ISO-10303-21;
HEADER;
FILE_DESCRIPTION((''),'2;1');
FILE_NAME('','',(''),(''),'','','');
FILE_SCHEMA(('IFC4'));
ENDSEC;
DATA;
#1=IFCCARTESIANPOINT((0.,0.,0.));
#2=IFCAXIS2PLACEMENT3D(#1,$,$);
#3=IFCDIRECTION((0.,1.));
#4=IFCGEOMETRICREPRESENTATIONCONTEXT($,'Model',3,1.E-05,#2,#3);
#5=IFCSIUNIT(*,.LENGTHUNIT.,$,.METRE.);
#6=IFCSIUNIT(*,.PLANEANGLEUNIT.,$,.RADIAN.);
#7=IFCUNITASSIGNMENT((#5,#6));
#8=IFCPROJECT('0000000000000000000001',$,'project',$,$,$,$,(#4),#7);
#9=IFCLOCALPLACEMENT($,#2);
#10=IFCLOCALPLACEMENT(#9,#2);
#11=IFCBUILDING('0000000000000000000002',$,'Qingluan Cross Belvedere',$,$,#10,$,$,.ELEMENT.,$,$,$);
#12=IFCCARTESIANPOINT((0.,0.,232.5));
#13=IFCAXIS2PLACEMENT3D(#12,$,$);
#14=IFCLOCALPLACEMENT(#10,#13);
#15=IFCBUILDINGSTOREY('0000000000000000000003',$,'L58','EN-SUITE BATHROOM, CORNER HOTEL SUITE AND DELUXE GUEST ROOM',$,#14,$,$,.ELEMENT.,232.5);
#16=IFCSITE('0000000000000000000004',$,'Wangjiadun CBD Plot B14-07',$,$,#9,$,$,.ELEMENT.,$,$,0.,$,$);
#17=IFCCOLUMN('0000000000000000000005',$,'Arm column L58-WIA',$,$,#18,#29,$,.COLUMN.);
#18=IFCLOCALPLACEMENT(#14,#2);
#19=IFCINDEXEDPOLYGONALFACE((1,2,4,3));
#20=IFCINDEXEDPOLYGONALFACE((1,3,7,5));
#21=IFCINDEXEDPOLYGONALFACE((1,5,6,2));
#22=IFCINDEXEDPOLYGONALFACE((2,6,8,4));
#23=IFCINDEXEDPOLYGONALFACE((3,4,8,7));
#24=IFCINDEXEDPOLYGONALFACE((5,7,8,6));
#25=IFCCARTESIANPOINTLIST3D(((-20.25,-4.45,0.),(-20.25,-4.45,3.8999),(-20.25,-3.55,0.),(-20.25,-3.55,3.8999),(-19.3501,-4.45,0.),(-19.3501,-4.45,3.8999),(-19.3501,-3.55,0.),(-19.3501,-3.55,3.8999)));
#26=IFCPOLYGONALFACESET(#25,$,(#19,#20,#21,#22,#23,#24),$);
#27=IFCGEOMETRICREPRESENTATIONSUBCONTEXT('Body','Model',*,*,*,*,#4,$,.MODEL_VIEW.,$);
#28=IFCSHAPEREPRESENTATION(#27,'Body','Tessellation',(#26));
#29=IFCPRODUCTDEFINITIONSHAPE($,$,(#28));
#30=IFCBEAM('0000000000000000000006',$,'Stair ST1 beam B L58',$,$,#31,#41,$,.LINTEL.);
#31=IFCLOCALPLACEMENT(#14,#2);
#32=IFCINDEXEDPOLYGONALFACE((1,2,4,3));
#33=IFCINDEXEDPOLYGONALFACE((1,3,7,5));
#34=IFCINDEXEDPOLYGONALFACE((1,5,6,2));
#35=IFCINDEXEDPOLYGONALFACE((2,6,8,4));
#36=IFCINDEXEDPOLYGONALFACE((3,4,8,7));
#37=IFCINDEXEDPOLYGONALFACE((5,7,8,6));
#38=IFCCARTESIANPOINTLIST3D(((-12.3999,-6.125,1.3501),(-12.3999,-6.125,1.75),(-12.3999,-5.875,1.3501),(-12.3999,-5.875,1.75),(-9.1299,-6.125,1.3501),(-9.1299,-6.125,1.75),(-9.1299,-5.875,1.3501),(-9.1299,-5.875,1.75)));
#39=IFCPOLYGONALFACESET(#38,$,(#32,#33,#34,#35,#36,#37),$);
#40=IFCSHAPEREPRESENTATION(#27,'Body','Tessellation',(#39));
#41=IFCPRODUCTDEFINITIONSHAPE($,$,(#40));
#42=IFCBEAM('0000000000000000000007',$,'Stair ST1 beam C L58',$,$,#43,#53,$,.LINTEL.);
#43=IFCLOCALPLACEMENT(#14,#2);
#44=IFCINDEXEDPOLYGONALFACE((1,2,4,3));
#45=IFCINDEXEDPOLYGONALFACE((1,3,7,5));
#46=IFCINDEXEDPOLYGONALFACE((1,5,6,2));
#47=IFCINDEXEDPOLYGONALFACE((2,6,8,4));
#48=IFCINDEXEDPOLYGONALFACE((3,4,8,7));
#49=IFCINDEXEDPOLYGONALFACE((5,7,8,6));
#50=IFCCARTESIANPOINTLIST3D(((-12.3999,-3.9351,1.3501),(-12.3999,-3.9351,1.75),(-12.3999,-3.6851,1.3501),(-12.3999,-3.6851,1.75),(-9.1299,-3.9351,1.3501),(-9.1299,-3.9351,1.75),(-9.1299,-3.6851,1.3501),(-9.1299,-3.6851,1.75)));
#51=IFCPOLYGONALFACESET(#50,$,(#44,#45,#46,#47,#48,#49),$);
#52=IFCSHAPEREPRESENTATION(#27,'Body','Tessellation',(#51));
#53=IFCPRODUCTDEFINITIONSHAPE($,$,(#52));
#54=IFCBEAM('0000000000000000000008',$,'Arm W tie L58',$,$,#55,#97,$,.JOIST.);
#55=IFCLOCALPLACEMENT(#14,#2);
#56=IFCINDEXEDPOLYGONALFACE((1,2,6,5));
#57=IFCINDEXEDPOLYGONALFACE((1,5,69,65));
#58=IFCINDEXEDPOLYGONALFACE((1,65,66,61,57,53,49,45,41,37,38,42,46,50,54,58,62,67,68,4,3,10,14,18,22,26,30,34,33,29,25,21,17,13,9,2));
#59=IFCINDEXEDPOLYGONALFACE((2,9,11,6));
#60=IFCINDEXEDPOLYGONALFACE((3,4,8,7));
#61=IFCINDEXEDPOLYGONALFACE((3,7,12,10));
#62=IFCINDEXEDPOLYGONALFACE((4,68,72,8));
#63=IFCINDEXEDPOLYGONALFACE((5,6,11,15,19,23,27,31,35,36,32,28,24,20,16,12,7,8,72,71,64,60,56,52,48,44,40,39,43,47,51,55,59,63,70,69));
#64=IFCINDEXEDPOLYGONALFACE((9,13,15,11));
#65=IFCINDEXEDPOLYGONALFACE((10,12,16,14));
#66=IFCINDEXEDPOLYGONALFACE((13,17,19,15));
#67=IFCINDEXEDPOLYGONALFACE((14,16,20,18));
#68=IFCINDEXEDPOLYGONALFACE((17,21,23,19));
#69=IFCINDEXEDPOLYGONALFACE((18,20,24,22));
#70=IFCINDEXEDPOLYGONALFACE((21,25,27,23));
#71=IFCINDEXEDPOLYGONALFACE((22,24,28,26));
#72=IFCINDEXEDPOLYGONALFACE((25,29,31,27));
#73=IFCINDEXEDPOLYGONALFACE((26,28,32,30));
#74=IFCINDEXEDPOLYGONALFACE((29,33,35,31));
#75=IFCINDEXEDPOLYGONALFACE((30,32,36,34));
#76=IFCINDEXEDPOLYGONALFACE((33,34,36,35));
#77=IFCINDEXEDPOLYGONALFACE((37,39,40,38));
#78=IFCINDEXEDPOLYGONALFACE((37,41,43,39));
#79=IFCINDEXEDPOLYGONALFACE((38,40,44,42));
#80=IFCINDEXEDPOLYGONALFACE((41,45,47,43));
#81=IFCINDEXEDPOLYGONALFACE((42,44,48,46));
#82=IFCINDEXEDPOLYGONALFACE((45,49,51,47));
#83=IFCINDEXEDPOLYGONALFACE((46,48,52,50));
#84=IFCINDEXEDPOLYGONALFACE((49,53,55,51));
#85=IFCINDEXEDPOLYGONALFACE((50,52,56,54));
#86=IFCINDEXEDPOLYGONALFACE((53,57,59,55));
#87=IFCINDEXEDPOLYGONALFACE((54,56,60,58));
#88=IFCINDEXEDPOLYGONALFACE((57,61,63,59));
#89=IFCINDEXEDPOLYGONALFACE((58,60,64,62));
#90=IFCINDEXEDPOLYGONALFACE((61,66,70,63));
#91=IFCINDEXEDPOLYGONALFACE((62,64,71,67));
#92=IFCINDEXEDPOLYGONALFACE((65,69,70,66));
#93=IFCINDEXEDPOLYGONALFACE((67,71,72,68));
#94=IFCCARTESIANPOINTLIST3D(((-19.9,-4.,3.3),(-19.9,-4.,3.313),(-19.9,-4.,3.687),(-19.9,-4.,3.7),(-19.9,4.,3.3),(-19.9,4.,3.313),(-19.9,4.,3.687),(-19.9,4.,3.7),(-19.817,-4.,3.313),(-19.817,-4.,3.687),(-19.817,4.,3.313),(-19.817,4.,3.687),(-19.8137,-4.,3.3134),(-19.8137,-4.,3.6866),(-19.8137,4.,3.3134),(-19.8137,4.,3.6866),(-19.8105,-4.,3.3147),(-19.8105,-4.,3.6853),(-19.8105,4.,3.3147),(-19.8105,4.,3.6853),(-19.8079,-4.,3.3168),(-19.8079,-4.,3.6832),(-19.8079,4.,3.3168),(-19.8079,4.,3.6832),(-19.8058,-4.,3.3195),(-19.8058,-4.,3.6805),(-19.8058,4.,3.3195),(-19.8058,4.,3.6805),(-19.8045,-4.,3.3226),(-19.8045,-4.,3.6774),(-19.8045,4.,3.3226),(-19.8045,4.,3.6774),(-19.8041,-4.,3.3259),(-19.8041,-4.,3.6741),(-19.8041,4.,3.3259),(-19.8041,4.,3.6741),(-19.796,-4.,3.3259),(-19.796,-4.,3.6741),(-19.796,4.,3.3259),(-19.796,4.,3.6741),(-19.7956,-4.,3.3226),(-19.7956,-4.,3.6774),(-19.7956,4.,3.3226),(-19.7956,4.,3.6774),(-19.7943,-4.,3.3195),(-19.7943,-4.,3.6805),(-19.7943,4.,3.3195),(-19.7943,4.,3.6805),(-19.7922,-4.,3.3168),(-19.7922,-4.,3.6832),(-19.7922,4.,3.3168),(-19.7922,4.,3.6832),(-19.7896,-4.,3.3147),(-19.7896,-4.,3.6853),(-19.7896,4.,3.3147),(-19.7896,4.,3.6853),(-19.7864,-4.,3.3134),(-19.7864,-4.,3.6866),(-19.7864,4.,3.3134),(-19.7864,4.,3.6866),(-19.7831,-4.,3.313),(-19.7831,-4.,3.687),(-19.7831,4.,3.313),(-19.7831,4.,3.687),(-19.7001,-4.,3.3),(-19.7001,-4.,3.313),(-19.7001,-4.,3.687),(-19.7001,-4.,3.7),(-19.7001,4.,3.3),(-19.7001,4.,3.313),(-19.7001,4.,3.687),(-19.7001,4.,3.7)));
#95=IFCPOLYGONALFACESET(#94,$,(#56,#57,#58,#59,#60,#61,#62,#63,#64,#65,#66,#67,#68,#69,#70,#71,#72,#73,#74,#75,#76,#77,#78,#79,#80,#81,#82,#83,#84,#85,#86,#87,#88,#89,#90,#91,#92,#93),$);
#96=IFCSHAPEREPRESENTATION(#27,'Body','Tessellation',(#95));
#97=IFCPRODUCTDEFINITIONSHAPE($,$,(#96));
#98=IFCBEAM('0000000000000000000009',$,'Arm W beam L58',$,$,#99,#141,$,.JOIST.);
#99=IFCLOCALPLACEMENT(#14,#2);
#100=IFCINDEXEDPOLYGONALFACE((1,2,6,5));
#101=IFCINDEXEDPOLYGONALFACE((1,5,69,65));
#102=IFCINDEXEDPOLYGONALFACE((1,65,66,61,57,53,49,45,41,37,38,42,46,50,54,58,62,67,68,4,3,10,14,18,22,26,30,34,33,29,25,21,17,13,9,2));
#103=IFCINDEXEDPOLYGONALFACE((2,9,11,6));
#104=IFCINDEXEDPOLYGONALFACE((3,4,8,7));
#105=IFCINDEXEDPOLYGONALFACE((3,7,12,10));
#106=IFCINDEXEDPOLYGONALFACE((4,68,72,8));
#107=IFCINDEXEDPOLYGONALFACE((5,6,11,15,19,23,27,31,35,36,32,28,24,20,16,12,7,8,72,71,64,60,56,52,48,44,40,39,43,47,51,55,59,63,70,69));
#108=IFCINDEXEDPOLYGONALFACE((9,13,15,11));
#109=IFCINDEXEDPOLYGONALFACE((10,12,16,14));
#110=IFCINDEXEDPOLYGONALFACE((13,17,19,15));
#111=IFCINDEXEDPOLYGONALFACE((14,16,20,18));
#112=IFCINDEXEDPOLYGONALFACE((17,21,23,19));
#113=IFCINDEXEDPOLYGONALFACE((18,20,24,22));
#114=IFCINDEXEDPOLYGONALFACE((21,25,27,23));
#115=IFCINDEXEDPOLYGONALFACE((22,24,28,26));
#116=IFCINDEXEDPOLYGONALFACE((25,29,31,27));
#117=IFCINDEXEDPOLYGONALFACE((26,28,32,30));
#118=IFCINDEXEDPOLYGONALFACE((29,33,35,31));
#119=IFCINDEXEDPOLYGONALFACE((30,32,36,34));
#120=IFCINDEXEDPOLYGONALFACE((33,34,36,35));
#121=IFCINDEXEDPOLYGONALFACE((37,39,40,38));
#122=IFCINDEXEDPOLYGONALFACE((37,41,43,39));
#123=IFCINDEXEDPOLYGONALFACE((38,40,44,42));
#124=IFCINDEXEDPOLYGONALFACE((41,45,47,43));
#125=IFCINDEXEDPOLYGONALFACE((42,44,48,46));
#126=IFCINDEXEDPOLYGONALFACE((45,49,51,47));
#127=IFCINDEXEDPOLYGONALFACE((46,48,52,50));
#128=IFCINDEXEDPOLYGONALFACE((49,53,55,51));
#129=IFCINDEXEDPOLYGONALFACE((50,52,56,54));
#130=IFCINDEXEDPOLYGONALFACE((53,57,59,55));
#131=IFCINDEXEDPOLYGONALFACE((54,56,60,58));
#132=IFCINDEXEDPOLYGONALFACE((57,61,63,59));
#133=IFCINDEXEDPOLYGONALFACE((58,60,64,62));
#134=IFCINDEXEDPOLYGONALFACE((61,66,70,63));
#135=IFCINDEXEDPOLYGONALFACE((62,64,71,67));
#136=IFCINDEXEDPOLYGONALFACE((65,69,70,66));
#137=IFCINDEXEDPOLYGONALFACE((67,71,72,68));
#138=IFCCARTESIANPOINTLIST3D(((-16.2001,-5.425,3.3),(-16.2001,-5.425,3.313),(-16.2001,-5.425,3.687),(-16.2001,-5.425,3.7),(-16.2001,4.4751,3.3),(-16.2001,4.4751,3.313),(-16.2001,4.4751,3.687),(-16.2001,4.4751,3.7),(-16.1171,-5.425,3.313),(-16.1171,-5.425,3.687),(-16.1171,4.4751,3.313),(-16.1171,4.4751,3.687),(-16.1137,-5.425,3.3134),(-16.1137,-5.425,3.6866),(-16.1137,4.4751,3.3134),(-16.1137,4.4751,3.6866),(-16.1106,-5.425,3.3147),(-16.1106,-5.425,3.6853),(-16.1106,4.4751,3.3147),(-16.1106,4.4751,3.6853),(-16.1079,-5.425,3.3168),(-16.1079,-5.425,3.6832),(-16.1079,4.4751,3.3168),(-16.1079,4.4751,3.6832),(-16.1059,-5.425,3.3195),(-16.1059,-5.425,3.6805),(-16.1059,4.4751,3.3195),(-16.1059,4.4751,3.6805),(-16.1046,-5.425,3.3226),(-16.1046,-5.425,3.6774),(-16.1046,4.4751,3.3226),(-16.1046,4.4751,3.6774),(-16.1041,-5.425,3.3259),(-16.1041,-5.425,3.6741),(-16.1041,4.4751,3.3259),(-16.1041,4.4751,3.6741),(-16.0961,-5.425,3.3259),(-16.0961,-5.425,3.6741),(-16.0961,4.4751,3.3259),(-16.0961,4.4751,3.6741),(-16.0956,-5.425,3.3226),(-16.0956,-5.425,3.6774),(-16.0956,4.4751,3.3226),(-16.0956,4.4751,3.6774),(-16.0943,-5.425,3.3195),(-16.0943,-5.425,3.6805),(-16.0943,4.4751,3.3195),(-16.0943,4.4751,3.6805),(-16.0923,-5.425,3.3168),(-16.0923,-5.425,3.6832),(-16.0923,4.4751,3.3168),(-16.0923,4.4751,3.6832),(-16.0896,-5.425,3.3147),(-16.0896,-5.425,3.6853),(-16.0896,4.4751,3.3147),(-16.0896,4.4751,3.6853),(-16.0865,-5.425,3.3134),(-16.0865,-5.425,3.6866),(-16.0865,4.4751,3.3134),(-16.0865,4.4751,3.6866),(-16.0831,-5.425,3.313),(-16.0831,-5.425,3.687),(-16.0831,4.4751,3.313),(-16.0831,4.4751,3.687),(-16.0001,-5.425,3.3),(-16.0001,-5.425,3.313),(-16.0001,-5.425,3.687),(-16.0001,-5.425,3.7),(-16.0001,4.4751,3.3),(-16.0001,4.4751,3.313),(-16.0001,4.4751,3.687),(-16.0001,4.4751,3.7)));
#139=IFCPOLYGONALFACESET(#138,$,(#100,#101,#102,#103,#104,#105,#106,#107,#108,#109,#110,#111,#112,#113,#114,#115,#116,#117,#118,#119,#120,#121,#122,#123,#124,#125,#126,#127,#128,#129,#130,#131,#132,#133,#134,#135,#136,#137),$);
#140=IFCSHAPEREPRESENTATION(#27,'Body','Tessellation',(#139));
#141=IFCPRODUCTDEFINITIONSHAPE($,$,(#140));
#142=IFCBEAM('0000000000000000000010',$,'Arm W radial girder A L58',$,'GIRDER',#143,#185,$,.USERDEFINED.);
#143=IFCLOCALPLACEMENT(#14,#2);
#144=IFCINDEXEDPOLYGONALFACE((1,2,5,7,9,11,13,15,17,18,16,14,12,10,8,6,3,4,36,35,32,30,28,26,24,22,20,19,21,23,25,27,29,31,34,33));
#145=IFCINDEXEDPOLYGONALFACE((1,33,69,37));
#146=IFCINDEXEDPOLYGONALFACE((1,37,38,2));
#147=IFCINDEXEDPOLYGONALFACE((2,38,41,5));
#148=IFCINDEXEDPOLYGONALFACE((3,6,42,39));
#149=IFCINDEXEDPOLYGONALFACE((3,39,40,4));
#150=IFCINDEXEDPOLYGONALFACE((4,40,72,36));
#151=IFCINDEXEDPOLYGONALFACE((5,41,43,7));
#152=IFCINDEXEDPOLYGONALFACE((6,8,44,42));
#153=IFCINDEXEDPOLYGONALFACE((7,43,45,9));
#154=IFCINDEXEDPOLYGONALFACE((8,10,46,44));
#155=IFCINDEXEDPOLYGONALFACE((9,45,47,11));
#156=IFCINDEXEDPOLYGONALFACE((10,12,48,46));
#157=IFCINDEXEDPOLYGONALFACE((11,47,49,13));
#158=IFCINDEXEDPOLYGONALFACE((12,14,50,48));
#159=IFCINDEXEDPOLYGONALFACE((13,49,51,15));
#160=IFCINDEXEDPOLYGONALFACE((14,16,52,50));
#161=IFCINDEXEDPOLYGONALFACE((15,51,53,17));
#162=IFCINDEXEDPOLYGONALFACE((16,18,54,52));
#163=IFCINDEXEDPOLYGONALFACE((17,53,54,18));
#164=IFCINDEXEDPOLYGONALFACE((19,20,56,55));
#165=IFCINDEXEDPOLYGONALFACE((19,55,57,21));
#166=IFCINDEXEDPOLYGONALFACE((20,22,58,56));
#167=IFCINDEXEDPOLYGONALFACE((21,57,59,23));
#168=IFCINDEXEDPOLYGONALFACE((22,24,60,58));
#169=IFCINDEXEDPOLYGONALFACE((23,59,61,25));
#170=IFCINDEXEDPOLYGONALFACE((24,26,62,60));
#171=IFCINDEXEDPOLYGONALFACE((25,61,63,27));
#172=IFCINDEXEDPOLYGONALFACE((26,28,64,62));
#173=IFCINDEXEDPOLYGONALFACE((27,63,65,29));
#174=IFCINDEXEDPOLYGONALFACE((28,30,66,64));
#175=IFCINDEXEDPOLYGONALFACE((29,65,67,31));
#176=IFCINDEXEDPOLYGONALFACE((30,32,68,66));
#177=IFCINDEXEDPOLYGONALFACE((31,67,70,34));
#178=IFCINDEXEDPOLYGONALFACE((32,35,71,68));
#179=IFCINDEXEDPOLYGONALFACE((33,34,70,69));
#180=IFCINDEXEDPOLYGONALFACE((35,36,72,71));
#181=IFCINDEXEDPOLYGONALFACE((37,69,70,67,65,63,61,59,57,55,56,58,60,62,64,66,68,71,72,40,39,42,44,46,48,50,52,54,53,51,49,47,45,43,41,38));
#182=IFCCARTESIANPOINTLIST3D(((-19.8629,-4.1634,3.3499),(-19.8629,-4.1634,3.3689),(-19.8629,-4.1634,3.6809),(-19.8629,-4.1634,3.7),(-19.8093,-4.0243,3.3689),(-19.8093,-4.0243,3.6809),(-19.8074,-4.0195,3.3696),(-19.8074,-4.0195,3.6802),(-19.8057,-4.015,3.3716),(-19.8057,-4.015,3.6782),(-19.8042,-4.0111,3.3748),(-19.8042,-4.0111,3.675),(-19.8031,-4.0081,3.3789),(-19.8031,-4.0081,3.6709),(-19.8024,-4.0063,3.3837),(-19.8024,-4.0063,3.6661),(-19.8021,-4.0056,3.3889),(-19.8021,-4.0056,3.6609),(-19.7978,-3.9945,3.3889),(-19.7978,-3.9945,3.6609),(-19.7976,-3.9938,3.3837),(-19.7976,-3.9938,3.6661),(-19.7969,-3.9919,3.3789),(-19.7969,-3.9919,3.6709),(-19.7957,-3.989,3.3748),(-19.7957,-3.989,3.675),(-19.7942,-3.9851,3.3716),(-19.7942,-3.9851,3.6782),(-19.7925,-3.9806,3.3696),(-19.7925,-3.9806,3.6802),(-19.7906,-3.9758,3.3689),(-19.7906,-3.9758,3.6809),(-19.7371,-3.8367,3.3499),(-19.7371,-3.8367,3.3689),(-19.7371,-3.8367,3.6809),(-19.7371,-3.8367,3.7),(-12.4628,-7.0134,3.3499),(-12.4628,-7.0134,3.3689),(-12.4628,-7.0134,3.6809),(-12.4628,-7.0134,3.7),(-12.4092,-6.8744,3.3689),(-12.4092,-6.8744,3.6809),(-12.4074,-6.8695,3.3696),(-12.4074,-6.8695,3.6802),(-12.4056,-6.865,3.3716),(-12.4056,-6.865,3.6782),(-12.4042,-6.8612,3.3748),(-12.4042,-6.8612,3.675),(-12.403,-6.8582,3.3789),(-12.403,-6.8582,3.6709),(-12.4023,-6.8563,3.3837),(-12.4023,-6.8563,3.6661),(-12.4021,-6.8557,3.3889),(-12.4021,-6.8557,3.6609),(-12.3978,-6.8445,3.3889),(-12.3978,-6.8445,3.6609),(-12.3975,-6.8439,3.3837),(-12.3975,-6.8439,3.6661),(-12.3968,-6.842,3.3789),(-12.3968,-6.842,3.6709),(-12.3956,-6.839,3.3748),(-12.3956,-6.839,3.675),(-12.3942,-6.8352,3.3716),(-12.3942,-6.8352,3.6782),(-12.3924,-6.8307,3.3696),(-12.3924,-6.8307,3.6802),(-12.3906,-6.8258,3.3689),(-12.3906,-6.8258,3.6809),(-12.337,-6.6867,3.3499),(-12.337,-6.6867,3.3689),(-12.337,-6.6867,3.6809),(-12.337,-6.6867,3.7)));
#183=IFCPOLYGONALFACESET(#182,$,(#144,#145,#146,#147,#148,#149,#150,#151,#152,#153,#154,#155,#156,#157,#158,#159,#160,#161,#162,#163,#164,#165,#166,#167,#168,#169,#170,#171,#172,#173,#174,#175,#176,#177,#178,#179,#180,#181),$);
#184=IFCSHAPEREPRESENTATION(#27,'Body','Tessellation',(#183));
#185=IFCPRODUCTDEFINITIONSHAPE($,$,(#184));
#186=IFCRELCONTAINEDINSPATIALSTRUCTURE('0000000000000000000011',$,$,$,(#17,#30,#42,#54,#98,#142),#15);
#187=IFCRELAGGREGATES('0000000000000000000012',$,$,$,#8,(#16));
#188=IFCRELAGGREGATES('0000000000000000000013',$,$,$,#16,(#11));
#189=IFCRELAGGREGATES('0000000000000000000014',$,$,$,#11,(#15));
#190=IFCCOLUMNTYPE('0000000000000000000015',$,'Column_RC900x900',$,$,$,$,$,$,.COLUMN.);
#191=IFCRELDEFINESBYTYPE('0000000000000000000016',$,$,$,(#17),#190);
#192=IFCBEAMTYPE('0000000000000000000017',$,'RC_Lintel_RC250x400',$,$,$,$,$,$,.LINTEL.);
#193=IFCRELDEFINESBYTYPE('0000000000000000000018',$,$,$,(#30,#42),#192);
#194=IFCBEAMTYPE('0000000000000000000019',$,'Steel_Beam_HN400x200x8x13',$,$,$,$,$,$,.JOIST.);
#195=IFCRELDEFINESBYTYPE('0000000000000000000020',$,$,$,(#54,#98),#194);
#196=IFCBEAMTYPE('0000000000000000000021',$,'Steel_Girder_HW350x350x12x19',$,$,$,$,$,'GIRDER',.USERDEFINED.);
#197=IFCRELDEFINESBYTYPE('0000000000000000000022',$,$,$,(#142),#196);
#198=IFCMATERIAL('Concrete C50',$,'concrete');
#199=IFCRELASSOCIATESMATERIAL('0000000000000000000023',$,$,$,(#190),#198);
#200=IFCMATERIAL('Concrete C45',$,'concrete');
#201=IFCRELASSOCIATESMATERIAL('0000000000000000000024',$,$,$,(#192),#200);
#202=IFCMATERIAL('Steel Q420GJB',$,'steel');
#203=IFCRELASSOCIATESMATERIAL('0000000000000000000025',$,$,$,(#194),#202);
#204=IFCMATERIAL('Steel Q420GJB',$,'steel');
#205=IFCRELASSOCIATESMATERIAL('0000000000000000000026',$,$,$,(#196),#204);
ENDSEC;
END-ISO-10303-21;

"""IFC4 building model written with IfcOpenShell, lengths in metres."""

from ifc_helpers import new_model, si_unit, direction, frame, origin, origin_2d, place, context, subcontext, project, spatial, rectangle, i_section, extrude, material, material_profile, profile_set, type_object, element, save


model = new_model("IFC4")

# Units and contexts
model_context = context("Model", 3, precision=1e-05, world=origin(), true_north=direction((0.0, 1.0)))
body_context = subcontext(model_context, "Body", "Model", "MODEL_VIEW")
ifc_project = project(units=[si_unit("LENGTHUNIT", "METRE"), si_unit("PLANEANGLEUNIT", "RADIAN")], contexts=[model_context])

# Site, building, storey
site_placement = place(None, origin())
site = spatial("IfcSite", under=ifc_project, at=site_placement, Name="Wangjiadun CBD Plot B14-07", CompositionType="ELEMENT", RefElevation=0.0)
building_placement = place(site_placement, origin())
building = spatial("IfcBuilding", under=site, at=building_placement, Name="Qingluan Cross Belvedere", CompositionType="ELEMENT")
storey_placement = place(building_placement, frame((0.0, 0.0, 232.5)))
storey = spatial("IfcBuildingStorey", under=building, at=storey_placement, Name="L58", Description="EN-SUITE BATHROOM, CORNER HOTEL SUITE AND DELUXE GUEST ROOM", CompositionType="ELEMENT", Elevation=232.5)

# Column
ifc_material_1 = material(Name="Concrete C50", Category="concrete")
ifc_material_profile_1 = material_profile(ifc_material_1, rectangle(XDim=0.8999, YDim=0.8999, at=origin_2d()), Name="RC900x900")
ifc_profile_set_1 = profile_set([ifc_material_profile_1], Name="Concrete C50")
column_type = type_object("IfcColumnType", Name="Column_RC900x900", PredefinedType="COLUMN", material=ifc_profile_set_1)
column_placement = place(storey_placement, frame((-19.8, -4.0, 0.0), z_axis=(0.0, 0.0, 1.0), x_axis=(1.0, 0.0, 0.0)))
element("IfcColumn", 1, at=column_placement, inside=storey, type_object=column_type, Name="Arm column L58-WIA", PredefinedType="COLUMN", context=body_context, shape_type="SweptSolid", body=[
    extrude(rectangle(XDim=0.8999, YDim=0.8999, at=origin_2d()), origin(), (0.0, 0.0, 1.0), 3.8999),
])

# Beams
ifc_material_2 = material(Name="Concrete C45", Category="concrete")
ifc_material_profile_2 = material_profile(ifc_material_2, rectangle(XDim=0.25, YDim=0.3999, at=origin_2d()), Name="RC250x400")
ifc_profile_set_2 = profile_set([ifc_material_profile_2], Name="Concrete C45")
beam_type_1 = type_object("IfcBeamType", Name="RC_Lintel_RC250x400", PredefinedType="LINTEL", material=ifc_profile_set_2)
for number, where, z_axis, x_axis, name in (
    (2, (-12.3999, -6.0, 1.55), (1.0, 0.0, 0.0), (0.0, 1.0, 0.0), "Stair ST1 beam B L58"),
    (3, (-12.3999, -3.8101, 1.55), (1.0, 0.0, 0.0), (0.0, 1.0, 0.0), "Stair ST1 beam C L58"),
):
    element("IfcBeam", number, at=place(storey_placement, frame(where, z_axis=z_axis, x_axis=x_axis)), inside=storey, type_object=beam_type_1, Name=name, PredefinedType="LINTEL", context=body_context, shape_type="SweptSolid", body=[
        extrude(rectangle(XDim=0.25, YDim=0.3999, at=origin_2d()), origin(), (0.0, 0.0, 1.0), 3.27),
    ])
ifc_material_3 = material(Name="Steel Q420GJB", Category="steel")
ifc_material_profile_3 = material_profile(ifc_material_3, i_section(OverallWidth=0.2, OverallDepth=0.3999, WebThickness=0.0081, FlangeThickness=0.0129, FilletRadius=0.0129, at=origin_2d()), Name="HN400x200x8x13")
ifc_profile_set_3 = profile_set([ifc_material_profile_3], Name="Steel Q420GJB")
beam_type_2 = type_object("IfcBeamType", Name="Steel_Beam_HN400x200x8x13", PredefinedType="JOIST", material=ifc_profile_set_3)
beam_1_placement = place(storey_placement, frame((-19.8, -4.0, 3.5), z_axis=(0.0, 1.0, 0.0), x_axis=(-1.0, 0.0, 0.0)))
element("IfcBeam", 4, at=beam_1_placement, inside=storey, type_object=beam_type_2, Name="Arm W tie L58", PredefinedType="JOIST", context=body_context, shape_type="SweptSolid", body=[
    extrude(i_section(OverallWidth=0.2, OverallDepth=0.3999, WebThickness=0.0081, FlangeThickness=0.0129, FilletRadius=0.0129, at=origin_2d()), origin(), (0.0, 0.0, 1.0), 8.0),
])
beam_2_placement = place(storey_placement, frame((-16.1001, -5.425, 3.5), z_axis=(0.0, 1.0, 0.0), x_axis=(-1.0, 0.0, 0.0)))
element("IfcBeam", 5, at=beam_2_placement, inside=storey, type_object=beam_type_2, Name="Arm W beam L58", PredefinedType="JOIST", context=body_context, shape_type="SweptSolid", body=[
    extrude(i_section(OverallWidth=0.2, OverallDepth=0.3999, WebThickness=0.0081, FlangeThickness=0.0129, FilletRadius=0.0129, at=origin_2d()), origin(), (0.0, 0.0, 1.0), 9.9001),
])
ifc_material_4 = material(Name="Steel Q420GJB", Category="steel")
ifc_material_profile_4 = material_profile(ifc_material_4, i_section(OverallWidth=0.3501, OverallDepth=0.3501, WebThickness=0.012, FlangeThickness=0.019, FilletRadius=0.02, at=origin_2d()), Name="HW350x350x12x19")
ifc_profile_set_4 = profile_set([ifc_material_profile_4], Name="Steel Q420GJB")
beam_type_3 = type_object("IfcBeamType", Name="Steel_Girder_HW350x350x12x19", ElementType="GIRDER", PredefinedType="USERDEFINED", material=ifc_profile_set_4)
beam_3_placement = place(storey_placement, frame((-12.3999, -6.8501, 3.5249), z_axis=(-0.933181, 0.359406, 0.0), x_axis=(-0.359406, -0.933181, 0.0)))
element("IfcBeam", 6, at=beam_3_placement, inside=storey, type_object=beam_type_3, Name="Arm W radial girder A L58", ObjectType="GIRDER", PredefinedType="USERDEFINED", context=body_context, shape_type="SweptSolid", body=[
    extrude(i_section(OverallWidth=0.3501, OverallDepth=0.3501, WebThickness=0.012, FlangeThickness=0.019, FilletRadius=0.02, at=origin_2d()), origin(), (0.0, 0.0, 1.0), 7.9299),
])

save(model, "model.ifc")
